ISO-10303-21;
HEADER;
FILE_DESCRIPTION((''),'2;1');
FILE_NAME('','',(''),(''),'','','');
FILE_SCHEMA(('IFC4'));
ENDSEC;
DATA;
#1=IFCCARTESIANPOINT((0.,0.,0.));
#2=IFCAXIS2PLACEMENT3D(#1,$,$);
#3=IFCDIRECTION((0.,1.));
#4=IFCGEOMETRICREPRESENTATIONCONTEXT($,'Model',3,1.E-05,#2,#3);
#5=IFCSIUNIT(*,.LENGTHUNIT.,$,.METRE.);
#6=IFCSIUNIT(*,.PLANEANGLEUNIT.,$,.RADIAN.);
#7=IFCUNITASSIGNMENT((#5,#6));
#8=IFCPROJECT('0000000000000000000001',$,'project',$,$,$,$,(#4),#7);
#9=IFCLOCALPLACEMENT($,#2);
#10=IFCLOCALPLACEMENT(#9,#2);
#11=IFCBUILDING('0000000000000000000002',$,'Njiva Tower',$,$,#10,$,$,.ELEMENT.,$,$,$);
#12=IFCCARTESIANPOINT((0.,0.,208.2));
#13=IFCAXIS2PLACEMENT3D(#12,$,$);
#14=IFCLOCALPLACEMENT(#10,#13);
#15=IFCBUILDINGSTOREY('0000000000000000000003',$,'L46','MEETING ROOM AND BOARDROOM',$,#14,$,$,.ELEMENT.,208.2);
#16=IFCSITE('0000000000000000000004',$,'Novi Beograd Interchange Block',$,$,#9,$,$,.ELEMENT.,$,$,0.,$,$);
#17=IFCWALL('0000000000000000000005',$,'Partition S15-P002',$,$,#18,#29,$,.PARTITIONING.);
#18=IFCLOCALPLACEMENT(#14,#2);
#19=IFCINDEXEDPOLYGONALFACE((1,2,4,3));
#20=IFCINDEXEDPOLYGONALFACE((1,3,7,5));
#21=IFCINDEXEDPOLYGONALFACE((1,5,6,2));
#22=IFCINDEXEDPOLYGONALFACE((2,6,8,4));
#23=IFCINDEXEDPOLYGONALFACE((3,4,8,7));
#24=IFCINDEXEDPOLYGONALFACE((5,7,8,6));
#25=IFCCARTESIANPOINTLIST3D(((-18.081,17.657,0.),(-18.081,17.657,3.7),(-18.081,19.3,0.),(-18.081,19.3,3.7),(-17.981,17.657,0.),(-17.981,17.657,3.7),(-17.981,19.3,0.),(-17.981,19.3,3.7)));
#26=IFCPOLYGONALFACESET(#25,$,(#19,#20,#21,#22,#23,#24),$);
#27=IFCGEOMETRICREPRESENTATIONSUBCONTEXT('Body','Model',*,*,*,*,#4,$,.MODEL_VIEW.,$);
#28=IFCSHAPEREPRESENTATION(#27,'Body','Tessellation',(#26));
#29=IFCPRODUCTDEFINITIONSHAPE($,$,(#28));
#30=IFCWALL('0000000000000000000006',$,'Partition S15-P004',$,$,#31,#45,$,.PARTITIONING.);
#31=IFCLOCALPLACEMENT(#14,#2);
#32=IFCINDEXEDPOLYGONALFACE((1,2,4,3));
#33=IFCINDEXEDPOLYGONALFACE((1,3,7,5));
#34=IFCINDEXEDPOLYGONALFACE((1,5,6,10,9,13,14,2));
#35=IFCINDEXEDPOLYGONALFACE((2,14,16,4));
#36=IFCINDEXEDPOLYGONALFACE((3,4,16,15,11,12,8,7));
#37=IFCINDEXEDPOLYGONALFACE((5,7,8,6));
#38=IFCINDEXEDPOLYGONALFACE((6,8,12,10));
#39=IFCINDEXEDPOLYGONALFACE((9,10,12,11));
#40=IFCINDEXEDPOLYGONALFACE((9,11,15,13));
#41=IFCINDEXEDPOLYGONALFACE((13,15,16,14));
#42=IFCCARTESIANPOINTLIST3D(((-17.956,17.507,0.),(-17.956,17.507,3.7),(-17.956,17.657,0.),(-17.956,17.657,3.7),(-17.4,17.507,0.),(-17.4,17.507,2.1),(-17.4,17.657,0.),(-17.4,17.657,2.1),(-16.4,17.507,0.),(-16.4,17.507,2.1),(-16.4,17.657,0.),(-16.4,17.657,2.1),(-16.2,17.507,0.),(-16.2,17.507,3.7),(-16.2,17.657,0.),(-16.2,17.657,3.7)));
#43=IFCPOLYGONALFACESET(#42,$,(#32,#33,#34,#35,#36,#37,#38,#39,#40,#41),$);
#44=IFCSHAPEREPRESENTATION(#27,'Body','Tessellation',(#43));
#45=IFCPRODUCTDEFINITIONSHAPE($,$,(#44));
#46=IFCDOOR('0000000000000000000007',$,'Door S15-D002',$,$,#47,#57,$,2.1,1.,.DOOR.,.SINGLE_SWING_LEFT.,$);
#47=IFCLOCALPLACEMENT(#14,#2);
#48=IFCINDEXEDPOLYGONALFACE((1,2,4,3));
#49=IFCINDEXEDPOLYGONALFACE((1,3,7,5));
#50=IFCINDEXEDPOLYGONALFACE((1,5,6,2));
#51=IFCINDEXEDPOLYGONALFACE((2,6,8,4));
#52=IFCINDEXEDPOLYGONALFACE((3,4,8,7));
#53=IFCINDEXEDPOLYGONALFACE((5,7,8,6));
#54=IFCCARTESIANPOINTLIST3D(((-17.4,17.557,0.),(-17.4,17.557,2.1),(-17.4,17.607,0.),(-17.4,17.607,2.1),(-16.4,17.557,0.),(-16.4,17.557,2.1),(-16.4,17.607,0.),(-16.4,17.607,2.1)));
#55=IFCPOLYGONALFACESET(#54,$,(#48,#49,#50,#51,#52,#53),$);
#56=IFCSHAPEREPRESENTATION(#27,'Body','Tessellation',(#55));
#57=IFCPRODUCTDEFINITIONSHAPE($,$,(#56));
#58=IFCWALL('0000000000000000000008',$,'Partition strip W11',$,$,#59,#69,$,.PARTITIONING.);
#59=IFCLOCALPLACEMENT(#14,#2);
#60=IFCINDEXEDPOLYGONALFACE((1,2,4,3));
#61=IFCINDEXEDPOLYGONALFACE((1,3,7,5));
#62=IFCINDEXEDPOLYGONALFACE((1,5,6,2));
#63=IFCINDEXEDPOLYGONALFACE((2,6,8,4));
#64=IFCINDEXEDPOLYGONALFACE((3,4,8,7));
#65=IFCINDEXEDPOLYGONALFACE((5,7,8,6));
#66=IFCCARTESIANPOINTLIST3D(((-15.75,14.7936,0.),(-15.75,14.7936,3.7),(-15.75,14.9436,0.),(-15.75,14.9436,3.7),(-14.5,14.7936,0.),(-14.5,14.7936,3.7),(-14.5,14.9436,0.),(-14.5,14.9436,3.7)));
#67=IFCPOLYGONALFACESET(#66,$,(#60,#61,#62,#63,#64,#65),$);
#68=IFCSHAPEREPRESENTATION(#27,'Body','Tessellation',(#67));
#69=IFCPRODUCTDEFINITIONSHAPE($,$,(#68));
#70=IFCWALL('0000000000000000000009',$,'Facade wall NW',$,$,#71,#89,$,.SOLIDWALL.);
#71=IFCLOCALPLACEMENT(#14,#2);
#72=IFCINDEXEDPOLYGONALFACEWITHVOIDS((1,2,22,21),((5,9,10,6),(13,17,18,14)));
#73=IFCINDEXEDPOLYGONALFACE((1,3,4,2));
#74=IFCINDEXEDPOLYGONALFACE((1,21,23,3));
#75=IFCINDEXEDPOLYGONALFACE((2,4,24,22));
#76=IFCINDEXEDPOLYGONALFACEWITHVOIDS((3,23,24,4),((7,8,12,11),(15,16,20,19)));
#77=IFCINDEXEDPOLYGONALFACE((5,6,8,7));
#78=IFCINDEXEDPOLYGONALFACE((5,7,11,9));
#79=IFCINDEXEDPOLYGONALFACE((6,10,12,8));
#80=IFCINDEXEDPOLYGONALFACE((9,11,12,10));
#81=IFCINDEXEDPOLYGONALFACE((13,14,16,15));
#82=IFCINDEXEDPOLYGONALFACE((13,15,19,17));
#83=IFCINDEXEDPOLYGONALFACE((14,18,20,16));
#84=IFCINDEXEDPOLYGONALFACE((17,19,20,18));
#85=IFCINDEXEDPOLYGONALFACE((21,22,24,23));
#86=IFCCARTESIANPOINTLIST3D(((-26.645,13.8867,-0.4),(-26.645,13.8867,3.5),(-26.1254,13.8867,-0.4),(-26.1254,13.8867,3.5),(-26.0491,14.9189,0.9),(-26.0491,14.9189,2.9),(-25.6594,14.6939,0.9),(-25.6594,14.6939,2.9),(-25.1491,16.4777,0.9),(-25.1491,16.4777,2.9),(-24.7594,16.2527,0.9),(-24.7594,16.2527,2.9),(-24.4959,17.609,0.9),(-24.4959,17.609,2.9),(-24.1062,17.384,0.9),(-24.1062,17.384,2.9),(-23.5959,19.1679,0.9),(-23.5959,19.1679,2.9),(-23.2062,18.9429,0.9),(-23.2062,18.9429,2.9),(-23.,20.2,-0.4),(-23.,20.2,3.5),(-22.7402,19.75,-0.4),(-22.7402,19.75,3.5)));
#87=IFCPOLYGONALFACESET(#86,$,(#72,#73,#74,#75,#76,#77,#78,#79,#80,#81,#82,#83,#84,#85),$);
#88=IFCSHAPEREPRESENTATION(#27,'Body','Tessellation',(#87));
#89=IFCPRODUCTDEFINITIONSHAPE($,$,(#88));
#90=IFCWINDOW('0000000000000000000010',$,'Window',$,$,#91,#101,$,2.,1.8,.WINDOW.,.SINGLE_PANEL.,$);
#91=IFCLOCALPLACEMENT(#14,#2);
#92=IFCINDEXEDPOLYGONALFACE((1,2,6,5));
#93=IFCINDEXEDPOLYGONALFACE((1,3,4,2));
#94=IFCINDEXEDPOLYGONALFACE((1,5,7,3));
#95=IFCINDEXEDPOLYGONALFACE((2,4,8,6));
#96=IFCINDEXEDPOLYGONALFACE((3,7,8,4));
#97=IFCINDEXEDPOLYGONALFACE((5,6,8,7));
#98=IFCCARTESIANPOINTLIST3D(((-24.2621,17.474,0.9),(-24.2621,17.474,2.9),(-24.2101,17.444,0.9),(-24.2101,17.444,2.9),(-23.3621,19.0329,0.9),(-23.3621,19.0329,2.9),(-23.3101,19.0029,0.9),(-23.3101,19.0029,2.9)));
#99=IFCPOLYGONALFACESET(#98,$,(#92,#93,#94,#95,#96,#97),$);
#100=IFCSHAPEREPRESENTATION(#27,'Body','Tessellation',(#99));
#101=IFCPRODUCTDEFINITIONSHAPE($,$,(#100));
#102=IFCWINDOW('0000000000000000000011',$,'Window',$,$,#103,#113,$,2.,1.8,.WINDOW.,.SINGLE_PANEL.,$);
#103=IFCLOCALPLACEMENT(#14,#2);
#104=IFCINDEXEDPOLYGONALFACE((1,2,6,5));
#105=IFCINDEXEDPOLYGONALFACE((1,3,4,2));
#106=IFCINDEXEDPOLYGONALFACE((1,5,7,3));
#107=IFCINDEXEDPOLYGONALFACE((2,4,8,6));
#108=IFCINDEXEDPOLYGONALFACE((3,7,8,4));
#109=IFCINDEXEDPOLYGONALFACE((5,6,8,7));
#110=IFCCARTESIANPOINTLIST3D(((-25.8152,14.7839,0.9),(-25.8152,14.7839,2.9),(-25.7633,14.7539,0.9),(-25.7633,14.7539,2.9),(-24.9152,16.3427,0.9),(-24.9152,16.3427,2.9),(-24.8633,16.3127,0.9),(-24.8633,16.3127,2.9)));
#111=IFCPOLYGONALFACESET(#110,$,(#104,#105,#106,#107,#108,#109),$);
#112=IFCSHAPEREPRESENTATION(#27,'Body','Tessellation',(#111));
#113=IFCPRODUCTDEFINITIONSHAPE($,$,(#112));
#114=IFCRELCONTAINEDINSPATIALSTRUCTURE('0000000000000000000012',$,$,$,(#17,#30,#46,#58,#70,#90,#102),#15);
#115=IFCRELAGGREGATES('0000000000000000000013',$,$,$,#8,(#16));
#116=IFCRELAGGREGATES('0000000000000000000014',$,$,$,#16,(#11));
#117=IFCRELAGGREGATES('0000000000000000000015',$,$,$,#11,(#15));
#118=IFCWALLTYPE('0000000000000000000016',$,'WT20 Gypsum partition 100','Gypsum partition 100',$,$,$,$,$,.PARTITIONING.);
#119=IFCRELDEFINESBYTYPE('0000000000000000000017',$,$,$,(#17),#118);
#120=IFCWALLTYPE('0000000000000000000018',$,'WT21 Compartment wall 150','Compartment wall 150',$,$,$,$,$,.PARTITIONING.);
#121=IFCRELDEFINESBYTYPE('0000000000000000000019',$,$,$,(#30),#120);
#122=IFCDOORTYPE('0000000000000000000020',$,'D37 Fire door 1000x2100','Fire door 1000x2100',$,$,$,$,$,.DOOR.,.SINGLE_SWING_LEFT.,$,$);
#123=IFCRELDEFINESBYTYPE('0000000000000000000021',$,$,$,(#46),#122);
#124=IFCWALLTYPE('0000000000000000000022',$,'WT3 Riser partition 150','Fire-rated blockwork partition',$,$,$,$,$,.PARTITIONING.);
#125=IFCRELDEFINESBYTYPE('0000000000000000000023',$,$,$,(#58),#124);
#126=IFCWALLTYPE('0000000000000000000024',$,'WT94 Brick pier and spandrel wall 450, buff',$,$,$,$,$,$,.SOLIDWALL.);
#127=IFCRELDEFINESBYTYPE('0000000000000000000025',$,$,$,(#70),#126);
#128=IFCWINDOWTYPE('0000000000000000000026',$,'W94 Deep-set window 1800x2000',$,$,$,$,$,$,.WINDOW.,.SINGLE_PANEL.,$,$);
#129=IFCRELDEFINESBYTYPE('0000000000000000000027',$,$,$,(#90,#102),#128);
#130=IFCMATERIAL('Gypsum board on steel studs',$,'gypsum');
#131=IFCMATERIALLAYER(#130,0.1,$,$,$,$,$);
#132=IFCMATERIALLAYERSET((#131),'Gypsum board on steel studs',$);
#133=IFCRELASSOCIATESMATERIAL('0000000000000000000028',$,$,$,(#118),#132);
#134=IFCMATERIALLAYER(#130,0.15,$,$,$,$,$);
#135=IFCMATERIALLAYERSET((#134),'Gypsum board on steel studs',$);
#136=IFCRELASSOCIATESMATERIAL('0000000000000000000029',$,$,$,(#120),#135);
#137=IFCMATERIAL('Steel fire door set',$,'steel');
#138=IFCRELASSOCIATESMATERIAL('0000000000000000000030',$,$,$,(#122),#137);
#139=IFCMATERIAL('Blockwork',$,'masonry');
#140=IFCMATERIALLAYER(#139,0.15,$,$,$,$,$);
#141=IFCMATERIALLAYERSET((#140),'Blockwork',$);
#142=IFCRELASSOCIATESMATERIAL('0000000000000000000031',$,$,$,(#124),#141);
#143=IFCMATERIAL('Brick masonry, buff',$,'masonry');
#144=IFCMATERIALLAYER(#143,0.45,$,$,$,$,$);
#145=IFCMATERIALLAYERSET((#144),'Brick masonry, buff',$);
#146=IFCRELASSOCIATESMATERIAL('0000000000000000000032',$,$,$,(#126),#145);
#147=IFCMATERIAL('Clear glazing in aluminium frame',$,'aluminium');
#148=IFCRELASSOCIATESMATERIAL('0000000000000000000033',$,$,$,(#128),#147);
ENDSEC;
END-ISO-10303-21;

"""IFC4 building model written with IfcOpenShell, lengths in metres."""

from ifc_helpers import new_model, si_unit, direction, frame, frame_2d, origin, place, context, subcontext, project, spatial, polyline, rectangle, outline, extrude, material, layer, layer_set, type_object, element, fill, save


model = new_model("IFC4")

# Units and contexts
model_context = context("Model", 3, precision=1e-05, world=origin(), true_north=direction((0.0, 1.0)))
body_context = subcontext(model_context, "Body", "Model", "MODEL_VIEW")
ifc_project = project(units=[si_unit("LENGTHUNIT", "METRE"), si_unit("PLANEANGLEUNIT", "RADIAN")], contexts=[model_context])

# Site, building, storey
site_placement = place(None, origin())
site = spatial("IfcSite", under=ifc_project, at=site_placement, Name="Novi Beograd Interchange Block", CompositionType="ELEMENT", RefElevation=0.0)
building_placement = place(site_placement, origin())
building = spatial("IfcBuilding", under=site, at=building_placement, Name="Njiva Tower", CompositionType="ELEMENT")
storey_placement = place(building_placement, frame((0.0, 0.0, 208.2)))
storey = spatial("IfcBuildingStorey", under=building, at=storey_placement, Name="L46", Description="MEETING ROOM AND BOARDROOM", CompositionType="ELEMENT", Elevation=208.2)

# Wall
ifc_material_1 = material(Name="Gypsum board on steel studs", Category="gypsum")
ifc_layer_1 = layer(ifc_material_1, 0.1)
ifc_layer_set_1 = layer_set([ifc_layer_1], Name="Gypsum board on steel studs")
wall_type_1 = type_object("IfcWallType", Name="WT20 Gypsum partition 100", Description="Gypsum partition 100", PredefinedType="PARTITIONING", material=ifc_layer_set_1)
wall_1_placement = place(storey_placement, frame((-18.031, 17.657, 0.0), z_axis=(0.0, 0.0, 1.0), x_axis=(0.0, 1.0, 0.0)))
element("IfcWall", 1, at=wall_1_placement, inside=storey, type_object=wall_type_1, Name="Partition S15-P002", PredefinedType="PARTITIONING", context=body_context, shape_type="SweptSolid", body=[
    extrude(rectangle(XDim=1.643, YDim=0.1, at=frame_2d((0.8215, 0.0))), origin(), (0.0, 0.0, 1.0), 3.7),
])

# Wall, opening, door
ifc_layer_2 = layer(ifc_material_1, 0.15)
ifc_layer_set_2 = layer_set([ifc_layer_2], Name="Gypsum board on steel studs")
wall_type_2 = type_object("IfcWallType", Name="WT21 Compartment wall 150", Description="Compartment wall 150", PredefinedType="PARTITIONING", material=ifc_layer_set_2)
wall_2_placement = place(storey_placement, frame((-17.956, 17.582, 0.0), z_axis=(0.0, 0.0, 1.0), x_axis=(1.0, 0.0, 0.0)))
wall_2 = element("IfcWall", 2, at=wall_2_placement, inside=storey, type_object=wall_type_2, Name="Partition S15-P004", PredefinedType="PARTITIONING", context=body_context, shape_type="SweptSolid", body=[
    extrude(rectangle(XDim=1.756, YDim=0.15, at=frame_2d((0.878, 0.0))), origin(), (0.0, 0.0, 1.0), 3.7),
])
opening_1_placement = place(wall_2_placement, frame((0.556, 0.0, 0.0)))
opening_1 = element("IfcOpeningElement", 3, at=opening_1_placement, cuts=wall_2, PredefinedType="OPENING", context=body_context, shape_type="SweptSolid", body=[
    extrude(rectangle(XDim=1.0, YDim=2.1, at=frame_2d((0.5, 1.05))), frame((0.0, 0.085, 0.0), z_axis=(0.0, -1.0, 0.0), x_axis=(1.0, 0.0, 0.0)), (0.0, 0.0, 1.0), 0.17),
])
ifc_material_2 = material(Name="Steel fire door set", Category="steel")
door_type = type_object("IfcDoorType", Name="D37 Fire door 1000x2100", Description="Fire door 1000x2100", OperationType="SINGLE_SWING_LEFT", PredefinedType="DOOR", material=ifc_material_2)
door_placement = place(opening_1_placement, origin())
door = element("IfcDoor", 4, at=door_placement, inside=storey, type_object=door_type, Name="Door S15-D002", OperationType="SINGLE_SWING_LEFT", OverallHeight=2.1, OverallWidth=1.0, PredefinedType="DOOR", context=body_context, shape_type="SweptSolid", body=[
    extrude(rectangle(XDim=1.0, YDim=2.1, at=frame_2d((0.5, 1.05))), frame((0.0, 0.025, 0.0), z_axis=(0.0, -1.0, 0.0), x_axis=(1.0, 0.0, 0.0)), (0.0, 0.0, 1.0), 0.05),
])
fill(opening_1, door)

# Wall
ifc_material_3 = material(Name="Blockwork", Category="masonry")
ifc_layer_3 = layer(ifc_material_3, 0.15)
ifc_layer_set_3 = layer_set([ifc_layer_3], Name="Blockwork")
wall_type_3 = type_object("IfcWallType", Name="WT3 Riser partition 150", Description="Fire-rated blockwork partition", PredefinedType="PARTITIONING", material=ifc_layer_set_3)
wall_3_placement = place(storey_placement, frame((-15.75, 14.8686, 0.0), z_axis=(0.0, 0.0, 1.0), x_axis=(1.0, 0.0, 0.0)))
element("IfcWall", 5, at=wall_3_placement, inside=storey, type_object=wall_type_3, Name="Partition strip W11", PredefinedType="PARTITIONING", context=body_context, shape_type="SweptSolid", body=[
    extrude(rectangle(XDim=1.25, YDim=0.15, at=frame_2d((0.625, 0.0))), origin(), (0.0, 0.0, 1.0), 3.7),
])

# Wall, openings, windows
ifc_material_4 = material(Name="Brick masonry, buff", Category="masonry")
ifc_layer_4 = layer(ifc_material_4, 0.45)
ifc_layer_set_4 = layer_set([ifc_layer_4], Name="Brick masonry, buff")
wall_type_4 = type_object("IfcWallType", Name="WT94 Brick pier and spandrel wall 450, buff", PredefinedType="SOLIDWALL", material=ifc_layer_set_4)
wall_4_placement = place(storey_placement, frame((-22.8701, 19.975, -0.4), z_axis=(0.0, 0.0, 1.0), x_axis=(-0.500002, -0.866024, 0.0)))
wall_4 = element("IfcWall", 6, at=wall_4_placement, inside=storey, type_object=wall_type_4, Name="Facade wall NW", PredefinedType="SOLIDWALL", context=body_context, shape_type="SweptSolid", body=[
    extrude(outline(polyline([(-0.1299, -0.225), (7.1601, -0.225), (6.9003, 0.225), (0.1299, 0.225), (-0.1299, -0.225)])), origin(), (0.0, 0.0, 1.0), 3.9),
])
opening_2_placement = place(wall_4_placement, frame((1.0619, 0.0, 1.3)))
opening_2 = element("IfcOpeningElement", 7, at=opening_2_placement, cuts=wall_4, PredefinedType="OPENING", context=body_context, shape_type="SweptSolid", body=[
    extrude(rectangle(XDim=1.8, YDim=2.0, at=frame_2d((0.9, 1.0))), frame((0.0, 0.235, 0.0), z_axis=(0.0, -1.0, 0.0), x_axis=(1.0, 0.0, 0.0)), (0.0, 0.0, 1.0), 0.47),
])
opening_3_placement = place(wall_4_placement, frame((4.1682, 0.0, 1.3)))
opening_3 = element("IfcOpeningElement", 8, at=opening_3_placement, cuts=wall_4, PredefinedType="OPENING", context=body_context, shape_type="SweptSolid", body=[
    extrude(rectangle(XDim=1.8, YDim=2.0, at=frame_2d((0.9, 1.0))), frame((0.0, 0.235, 0.0), z_axis=(0.0, -1.0, 0.0), x_axis=(1.0, 0.0, 0.0)), (0.0, 0.0, 1.0), 0.47),
])
ifc_material_5 = material(Name="Clear glazing in aluminium frame", Category="aluminium")
window_type = type_object("IfcWindowType", Name="W94 Deep-set window 1800x2000", PartitioningType="SINGLE_PANEL", PredefinedType="WINDOW", material=ifc_material_5)
window_1_placement = place(opening_2_placement, origin())
window_1 = element("IfcWindow", 9, at=window_1_placement, inside=storey, type_object=window_type, Name="Window", OverallHeight=2.0, OverallWidth=1.8, PartitioningType="SINGLE_PANEL", PredefinedType="WINDOW", context=body_context, shape_type="SweptSolid", body=[
    extrude(rectangle(XDim=1.8, YDim=2.0, at=frame_2d((0.9, 1.0))), frame((0.0, 0.105, 0.0), z_axis=(0.0, -1.0, 0.0), x_axis=(1.0, 0.0, 0.0)), (0.0, 0.0, 1.0), 0.06),
])
fill(opening_2, window_1)
window_2_placement = place(opening_3_placement, origin())
window_2 = element("IfcWindow", 10, at=window_2_placement, inside=storey, type_object=window_type, Name="Window", OverallHeight=2.0, OverallWidth=1.8, PartitioningType="SINGLE_PANEL", PredefinedType="WINDOW", context=body_context, shape_type="SweptSolid", body=[
    extrude(rectangle(XDim=1.8, YDim=2.0, at=frame_2d((0.9, 1.0))), frame((0.0, 0.105, 0.0), z_axis=(0.0, -1.0, 0.0), x_axis=(1.0, 0.0, 0.0)), (0.0, 0.0, 1.0), 0.06),
])
fill(opening_3, window_2)

save(model, "model.ifc")
